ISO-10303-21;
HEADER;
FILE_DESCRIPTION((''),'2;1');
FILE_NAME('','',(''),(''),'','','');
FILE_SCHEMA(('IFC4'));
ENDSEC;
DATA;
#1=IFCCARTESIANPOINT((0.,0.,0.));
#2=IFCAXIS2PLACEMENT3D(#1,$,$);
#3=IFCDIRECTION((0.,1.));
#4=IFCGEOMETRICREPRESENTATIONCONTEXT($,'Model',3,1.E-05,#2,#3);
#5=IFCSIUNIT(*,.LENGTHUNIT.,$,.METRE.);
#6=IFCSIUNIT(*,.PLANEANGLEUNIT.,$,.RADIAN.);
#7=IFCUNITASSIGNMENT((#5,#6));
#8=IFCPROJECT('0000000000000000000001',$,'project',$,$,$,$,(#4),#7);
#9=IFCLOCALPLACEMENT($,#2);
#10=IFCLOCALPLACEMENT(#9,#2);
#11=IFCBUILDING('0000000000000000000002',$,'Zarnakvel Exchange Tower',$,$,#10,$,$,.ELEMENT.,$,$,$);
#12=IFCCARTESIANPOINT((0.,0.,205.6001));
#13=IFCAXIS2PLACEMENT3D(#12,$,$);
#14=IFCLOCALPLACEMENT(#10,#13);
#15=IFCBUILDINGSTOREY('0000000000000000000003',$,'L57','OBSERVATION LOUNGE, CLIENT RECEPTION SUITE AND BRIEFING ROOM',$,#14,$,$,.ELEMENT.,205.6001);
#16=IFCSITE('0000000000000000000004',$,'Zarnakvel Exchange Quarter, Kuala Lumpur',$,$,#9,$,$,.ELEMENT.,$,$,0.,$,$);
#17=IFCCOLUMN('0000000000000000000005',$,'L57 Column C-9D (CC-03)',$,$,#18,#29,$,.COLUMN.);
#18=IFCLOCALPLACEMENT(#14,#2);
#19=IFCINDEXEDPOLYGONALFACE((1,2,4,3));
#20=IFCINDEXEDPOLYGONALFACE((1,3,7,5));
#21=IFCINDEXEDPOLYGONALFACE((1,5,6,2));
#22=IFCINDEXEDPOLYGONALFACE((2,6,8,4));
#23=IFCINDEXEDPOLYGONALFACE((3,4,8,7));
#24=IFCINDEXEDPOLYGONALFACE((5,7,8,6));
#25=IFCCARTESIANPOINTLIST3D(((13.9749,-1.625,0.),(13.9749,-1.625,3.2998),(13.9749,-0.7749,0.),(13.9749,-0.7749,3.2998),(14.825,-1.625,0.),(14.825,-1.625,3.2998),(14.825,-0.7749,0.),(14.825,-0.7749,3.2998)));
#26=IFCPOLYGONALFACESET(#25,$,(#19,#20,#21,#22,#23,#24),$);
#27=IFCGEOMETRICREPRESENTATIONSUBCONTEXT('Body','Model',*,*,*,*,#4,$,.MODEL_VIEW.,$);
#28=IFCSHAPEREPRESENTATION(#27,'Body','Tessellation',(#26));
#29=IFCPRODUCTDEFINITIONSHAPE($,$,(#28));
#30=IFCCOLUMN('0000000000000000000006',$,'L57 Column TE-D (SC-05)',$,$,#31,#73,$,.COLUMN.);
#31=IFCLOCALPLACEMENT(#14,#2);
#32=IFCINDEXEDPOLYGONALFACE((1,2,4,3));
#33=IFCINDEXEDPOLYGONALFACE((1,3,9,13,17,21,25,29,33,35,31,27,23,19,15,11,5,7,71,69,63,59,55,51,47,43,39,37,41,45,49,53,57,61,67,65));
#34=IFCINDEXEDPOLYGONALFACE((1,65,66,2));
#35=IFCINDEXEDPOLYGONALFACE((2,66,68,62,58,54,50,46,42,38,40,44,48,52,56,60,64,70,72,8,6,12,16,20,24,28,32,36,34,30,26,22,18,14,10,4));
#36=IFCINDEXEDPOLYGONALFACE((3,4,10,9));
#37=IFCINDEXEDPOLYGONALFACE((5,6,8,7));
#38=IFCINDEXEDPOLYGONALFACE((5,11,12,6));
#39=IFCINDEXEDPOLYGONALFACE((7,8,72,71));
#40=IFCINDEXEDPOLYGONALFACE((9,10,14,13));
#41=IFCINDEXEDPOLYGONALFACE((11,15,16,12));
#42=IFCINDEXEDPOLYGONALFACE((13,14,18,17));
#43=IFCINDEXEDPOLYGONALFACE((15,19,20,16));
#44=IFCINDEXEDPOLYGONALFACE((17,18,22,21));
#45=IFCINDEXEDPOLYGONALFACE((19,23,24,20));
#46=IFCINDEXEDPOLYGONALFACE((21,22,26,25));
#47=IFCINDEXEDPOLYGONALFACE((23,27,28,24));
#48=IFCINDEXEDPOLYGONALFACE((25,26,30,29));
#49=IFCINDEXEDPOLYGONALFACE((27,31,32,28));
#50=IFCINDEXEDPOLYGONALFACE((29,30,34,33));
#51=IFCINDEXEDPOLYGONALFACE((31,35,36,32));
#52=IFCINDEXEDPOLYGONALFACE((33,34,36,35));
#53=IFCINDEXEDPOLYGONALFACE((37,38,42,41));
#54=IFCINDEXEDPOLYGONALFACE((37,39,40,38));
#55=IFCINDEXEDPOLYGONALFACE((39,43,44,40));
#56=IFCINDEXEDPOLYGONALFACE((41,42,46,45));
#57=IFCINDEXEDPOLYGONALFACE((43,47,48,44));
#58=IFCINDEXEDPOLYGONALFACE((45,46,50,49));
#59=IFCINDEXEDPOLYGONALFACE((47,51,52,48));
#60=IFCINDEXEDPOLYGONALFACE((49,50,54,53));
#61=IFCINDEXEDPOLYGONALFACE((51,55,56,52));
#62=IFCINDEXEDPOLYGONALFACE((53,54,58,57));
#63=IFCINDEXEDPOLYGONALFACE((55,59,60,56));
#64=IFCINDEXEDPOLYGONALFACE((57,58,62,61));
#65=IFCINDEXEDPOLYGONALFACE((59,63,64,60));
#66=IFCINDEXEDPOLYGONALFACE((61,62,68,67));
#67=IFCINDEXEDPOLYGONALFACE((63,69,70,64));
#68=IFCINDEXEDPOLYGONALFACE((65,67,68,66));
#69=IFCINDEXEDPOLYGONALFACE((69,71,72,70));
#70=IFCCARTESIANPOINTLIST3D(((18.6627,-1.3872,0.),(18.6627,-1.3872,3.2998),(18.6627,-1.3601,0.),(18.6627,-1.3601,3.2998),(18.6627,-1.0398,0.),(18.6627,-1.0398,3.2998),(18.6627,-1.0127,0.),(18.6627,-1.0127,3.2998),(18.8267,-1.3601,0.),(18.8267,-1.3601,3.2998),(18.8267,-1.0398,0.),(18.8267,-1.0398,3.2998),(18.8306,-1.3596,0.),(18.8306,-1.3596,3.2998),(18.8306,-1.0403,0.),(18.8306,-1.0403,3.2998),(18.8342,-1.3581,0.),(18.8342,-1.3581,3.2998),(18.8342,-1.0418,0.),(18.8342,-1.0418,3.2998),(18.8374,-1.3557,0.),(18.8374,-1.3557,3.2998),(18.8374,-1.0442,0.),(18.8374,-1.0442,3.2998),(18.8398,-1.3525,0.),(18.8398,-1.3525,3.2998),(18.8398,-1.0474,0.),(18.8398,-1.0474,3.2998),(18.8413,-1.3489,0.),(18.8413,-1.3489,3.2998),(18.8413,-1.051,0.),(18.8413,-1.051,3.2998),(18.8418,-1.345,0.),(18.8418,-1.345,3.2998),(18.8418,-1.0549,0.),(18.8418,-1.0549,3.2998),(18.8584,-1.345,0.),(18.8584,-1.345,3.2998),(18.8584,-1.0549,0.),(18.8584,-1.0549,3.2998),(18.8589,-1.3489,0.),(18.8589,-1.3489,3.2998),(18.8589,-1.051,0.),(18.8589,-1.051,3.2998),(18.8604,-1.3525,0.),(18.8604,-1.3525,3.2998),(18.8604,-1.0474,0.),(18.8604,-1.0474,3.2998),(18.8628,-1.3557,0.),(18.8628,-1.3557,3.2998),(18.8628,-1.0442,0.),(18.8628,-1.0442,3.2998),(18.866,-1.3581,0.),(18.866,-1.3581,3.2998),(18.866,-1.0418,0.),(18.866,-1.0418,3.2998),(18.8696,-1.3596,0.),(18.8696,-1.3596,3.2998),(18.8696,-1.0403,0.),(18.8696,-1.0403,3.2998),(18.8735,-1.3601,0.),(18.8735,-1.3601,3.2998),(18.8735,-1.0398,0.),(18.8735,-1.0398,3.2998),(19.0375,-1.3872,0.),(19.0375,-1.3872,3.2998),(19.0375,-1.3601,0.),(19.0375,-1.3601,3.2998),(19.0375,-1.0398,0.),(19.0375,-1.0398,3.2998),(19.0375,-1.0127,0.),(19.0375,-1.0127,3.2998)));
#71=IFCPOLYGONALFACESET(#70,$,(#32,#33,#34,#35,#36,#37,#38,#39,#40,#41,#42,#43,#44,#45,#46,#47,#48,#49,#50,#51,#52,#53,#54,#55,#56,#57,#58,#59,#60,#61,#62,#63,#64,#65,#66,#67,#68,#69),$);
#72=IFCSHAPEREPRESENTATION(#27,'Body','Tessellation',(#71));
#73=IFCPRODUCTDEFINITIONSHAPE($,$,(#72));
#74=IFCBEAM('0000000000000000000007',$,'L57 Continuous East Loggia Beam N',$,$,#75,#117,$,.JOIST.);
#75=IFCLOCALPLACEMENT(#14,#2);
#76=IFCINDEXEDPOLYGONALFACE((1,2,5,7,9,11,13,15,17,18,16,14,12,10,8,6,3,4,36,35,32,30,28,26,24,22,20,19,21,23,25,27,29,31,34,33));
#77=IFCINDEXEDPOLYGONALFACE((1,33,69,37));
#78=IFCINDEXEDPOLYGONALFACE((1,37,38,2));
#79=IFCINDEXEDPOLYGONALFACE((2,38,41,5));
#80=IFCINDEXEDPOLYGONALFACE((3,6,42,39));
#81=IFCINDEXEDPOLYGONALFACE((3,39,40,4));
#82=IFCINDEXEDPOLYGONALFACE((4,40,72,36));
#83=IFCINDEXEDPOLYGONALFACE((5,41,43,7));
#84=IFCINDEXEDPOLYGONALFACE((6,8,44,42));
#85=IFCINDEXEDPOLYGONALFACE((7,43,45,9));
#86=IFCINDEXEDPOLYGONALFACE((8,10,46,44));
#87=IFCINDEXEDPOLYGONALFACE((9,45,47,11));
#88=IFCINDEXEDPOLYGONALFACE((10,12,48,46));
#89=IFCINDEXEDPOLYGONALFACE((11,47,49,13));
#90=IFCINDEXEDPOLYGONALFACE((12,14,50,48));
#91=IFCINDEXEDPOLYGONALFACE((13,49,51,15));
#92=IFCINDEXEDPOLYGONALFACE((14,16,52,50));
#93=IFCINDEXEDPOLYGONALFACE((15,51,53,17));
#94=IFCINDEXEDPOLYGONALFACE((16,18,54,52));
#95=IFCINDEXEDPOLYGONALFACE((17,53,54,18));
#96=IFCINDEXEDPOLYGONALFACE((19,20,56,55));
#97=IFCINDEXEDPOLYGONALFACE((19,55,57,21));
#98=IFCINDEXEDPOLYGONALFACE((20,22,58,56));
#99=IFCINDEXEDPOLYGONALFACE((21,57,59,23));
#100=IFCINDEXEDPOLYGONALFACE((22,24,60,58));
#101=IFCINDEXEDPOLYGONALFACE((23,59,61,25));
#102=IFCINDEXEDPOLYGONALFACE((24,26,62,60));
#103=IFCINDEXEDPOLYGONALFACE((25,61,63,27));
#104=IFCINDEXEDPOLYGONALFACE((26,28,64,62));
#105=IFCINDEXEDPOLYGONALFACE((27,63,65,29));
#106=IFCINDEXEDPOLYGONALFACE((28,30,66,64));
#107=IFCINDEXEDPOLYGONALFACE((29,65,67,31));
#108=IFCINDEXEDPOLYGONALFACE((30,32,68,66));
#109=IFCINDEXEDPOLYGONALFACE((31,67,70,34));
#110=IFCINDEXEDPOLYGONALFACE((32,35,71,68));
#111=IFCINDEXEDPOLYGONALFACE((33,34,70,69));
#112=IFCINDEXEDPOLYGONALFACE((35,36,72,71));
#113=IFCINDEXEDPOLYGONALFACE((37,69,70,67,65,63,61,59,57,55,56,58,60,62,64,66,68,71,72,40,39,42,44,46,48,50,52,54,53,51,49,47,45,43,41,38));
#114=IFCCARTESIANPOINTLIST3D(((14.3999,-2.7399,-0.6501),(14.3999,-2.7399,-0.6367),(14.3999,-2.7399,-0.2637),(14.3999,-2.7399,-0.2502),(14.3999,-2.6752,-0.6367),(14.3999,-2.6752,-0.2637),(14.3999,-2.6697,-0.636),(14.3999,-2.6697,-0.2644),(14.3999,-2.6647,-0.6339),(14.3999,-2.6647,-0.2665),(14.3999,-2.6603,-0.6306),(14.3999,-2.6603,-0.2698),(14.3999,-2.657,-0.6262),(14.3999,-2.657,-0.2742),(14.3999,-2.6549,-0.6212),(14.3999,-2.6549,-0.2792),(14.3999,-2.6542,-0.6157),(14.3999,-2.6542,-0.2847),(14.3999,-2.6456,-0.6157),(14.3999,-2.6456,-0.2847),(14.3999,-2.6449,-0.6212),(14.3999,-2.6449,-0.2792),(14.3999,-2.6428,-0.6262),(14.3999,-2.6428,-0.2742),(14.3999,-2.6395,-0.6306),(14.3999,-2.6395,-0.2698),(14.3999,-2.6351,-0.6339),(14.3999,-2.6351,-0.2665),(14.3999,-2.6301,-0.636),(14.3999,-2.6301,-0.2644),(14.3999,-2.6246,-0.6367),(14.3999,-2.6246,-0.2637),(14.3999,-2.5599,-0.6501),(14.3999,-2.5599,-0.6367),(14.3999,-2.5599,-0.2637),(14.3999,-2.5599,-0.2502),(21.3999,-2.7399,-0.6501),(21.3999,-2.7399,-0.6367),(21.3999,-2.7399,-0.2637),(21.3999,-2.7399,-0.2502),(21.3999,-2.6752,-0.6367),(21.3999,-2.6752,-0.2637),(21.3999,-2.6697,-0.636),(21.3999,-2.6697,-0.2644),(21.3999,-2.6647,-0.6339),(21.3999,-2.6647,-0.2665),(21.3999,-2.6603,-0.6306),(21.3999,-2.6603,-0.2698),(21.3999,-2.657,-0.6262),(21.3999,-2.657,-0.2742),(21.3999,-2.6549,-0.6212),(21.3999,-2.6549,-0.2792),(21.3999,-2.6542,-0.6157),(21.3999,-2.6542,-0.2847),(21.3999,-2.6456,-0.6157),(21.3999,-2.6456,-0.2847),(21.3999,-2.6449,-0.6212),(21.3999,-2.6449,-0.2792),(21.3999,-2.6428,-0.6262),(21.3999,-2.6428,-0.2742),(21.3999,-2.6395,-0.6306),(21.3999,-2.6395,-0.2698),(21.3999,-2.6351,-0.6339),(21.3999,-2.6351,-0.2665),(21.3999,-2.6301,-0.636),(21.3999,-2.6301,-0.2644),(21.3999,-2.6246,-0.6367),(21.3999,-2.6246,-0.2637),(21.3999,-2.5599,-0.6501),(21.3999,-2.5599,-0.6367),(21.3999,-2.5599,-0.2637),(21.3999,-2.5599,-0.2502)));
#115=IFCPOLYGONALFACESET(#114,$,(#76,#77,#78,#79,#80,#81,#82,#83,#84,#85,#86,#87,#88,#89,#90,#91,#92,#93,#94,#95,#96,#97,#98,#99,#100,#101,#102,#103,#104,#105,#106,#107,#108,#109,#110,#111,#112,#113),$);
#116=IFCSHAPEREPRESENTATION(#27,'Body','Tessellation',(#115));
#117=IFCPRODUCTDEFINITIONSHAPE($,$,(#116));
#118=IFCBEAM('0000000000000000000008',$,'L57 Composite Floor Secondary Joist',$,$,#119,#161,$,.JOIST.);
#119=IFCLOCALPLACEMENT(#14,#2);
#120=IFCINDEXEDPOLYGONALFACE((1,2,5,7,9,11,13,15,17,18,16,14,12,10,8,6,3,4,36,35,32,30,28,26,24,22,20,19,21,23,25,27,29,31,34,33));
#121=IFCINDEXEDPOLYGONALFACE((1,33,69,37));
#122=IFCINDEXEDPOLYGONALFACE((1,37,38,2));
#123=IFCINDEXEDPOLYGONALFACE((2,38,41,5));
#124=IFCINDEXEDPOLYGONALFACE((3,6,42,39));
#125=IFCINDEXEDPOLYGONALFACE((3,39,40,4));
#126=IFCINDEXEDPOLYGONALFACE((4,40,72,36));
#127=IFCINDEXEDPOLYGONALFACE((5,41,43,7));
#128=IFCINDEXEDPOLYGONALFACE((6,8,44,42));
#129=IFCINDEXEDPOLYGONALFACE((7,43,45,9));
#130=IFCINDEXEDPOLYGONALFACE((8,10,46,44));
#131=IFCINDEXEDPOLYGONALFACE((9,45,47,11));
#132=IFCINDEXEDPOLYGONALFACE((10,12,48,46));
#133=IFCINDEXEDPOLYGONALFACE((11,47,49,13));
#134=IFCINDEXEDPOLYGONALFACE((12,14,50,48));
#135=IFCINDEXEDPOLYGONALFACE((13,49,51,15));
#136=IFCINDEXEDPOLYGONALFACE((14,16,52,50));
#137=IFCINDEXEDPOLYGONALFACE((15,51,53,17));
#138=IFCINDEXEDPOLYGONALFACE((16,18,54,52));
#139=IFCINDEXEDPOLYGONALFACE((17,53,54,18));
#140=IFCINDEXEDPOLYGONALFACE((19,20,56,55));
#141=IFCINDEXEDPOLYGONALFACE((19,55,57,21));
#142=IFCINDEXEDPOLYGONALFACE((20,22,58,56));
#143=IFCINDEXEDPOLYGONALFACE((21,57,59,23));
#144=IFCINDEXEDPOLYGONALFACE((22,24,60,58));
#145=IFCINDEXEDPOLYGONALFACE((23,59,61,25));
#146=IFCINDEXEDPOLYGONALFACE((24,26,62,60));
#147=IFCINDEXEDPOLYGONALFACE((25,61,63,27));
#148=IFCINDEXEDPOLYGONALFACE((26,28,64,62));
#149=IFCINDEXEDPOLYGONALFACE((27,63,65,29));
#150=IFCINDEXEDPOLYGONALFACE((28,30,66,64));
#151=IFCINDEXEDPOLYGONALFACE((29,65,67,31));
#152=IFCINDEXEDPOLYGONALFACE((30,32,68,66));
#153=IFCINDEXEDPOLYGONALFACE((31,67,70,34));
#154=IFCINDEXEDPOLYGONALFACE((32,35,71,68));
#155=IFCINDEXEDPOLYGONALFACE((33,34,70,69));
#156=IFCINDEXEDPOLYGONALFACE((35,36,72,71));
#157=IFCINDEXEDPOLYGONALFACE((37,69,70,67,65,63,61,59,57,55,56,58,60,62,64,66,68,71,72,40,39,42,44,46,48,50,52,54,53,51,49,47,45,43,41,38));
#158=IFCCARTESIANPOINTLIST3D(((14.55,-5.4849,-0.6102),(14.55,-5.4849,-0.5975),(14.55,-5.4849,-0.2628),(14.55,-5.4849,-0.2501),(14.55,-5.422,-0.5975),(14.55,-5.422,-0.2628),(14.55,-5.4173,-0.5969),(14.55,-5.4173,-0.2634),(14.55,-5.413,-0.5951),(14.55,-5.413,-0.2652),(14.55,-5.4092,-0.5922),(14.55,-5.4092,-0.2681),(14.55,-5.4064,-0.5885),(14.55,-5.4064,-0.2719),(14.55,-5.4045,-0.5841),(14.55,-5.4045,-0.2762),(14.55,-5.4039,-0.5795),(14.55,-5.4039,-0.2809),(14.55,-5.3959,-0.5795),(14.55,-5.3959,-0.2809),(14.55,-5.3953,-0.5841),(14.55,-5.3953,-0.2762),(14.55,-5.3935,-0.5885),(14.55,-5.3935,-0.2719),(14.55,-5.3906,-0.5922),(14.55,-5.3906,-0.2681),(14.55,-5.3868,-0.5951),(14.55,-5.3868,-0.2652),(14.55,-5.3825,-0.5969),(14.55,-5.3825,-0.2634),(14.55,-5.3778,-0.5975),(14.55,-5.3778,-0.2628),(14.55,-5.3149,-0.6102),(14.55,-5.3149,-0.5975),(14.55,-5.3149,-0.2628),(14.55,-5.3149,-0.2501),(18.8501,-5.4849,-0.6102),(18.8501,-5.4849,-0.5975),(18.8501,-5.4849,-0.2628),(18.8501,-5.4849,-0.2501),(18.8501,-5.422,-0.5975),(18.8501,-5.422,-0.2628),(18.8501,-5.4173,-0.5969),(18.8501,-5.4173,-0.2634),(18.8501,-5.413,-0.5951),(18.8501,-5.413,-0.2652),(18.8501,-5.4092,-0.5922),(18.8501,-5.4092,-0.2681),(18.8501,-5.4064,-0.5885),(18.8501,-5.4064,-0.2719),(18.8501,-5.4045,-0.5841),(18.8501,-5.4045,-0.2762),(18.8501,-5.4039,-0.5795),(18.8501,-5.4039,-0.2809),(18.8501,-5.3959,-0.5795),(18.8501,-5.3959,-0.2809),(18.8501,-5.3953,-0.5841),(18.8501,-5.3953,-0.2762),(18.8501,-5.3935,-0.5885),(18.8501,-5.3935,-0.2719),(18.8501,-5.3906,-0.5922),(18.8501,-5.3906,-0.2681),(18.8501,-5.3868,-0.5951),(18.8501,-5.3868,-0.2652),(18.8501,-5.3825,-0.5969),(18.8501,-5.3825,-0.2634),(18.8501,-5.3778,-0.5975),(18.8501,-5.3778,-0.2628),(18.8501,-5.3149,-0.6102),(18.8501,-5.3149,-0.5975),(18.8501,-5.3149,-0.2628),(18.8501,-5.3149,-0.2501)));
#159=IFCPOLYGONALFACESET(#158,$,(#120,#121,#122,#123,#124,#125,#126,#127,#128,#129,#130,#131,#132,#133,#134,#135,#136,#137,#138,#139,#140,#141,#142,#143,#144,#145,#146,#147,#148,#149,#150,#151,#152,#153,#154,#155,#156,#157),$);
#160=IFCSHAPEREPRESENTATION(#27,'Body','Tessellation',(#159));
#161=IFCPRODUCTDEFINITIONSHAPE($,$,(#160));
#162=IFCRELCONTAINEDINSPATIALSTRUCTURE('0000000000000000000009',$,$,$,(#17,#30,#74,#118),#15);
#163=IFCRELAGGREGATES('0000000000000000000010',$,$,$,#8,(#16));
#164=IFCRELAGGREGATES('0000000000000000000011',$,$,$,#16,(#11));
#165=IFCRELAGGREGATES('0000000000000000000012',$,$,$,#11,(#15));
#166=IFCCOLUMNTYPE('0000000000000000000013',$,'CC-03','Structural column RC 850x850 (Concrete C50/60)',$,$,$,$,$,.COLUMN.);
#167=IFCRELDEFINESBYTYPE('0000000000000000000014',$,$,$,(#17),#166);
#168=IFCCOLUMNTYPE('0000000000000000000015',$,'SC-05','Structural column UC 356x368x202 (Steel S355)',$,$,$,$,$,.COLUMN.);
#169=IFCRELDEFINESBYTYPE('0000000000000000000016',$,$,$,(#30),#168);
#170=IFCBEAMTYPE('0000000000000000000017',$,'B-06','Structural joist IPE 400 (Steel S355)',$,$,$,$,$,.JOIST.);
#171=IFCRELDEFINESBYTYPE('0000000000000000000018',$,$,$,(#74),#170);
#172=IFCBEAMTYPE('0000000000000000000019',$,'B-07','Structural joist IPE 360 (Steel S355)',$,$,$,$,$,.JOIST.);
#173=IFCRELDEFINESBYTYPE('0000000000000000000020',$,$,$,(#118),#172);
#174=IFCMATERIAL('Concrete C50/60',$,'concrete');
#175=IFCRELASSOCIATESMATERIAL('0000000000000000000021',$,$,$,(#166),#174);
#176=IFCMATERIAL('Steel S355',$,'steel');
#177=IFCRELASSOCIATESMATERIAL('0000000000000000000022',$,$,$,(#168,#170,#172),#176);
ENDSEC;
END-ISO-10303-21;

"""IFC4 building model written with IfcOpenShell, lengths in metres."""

from ifc_helpers import new_model, si_unit, direction, frame, origin, origin_2d, place, context, subcontext, project, spatial, rectangle, i_section, extrude, material, material_profile, profile_set, type_object, element, save


model = new_model("IFC4")

# Units and contexts
model_context = context("Model", 3, precision=1e-05, world=origin(), true_north=direction((0.0, 1.0)))
body_context = subcontext(model_context, "Body", "Model", "MODEL_VIEW")
ifc_project = project(units=[si_unit("LENGTHUNIT", "METRE"), si_unit("PLANEANGLEUNIT", "RADIAN")], contexts=[model_context])

# Site, building, storey
site_placement = place(None, origin())
site = spatial("IfcSite", under=ifc_project, at=site_placement, Name="Zarnakvel Exchange Quarter, Kuala Lumpur", CompositionType="ELEMENT", RefElevation=0.0)
building_placement = place(site_placement, origin())
building = spatial("IfcBuilding", under=site, at=building_placement, Name="Zarnakvel Exchange Tower", CompositionType="ELEMENT")
storey_placement = place(building_placement, frame((0.0, 0.0, 205.6001)))
storey = spatial("IfcBuildingStorey", under=building, at=storey_placement, Name="L57", Description="OBSERVATION LOUNGE, CLIENT RECEPTION SUITE AND BRIEFING ROOM", CompositionType="ELEMENT", Elevation=205.6001)

# Columns
ifc_material_1 = material(Name="Concrete C50/60", Category="concrete")
ifc_material_profile_1 = material_profile(ifc_material_1, rectangle(XDim=0.8501, YDim=0.8501, at=origin_2d()))
ifc_profile_set_1 = profile_set([ifc_material_profile_1], Name="Concrete C50/60")
column_type_1 = type_object("IfcColumnType", Name="CC-03", Description="Structural column RC 850x850 (Concrete C50/60)", PredefinedType="COLUMN", material=ifc_profile_set_1)
column_1_placement = place(storey_placement, frame((14.3999, -1.2, 0.0), z_axis=(0.0, 0.0, 1.0), x_axis=(1.0, 0.0, 0.0)))
element("IfcColumn", 1, at=column_1_placement, inside=storey, type_object=column_type_1, Name="L57 Column C-9D (CC-03)", PredefinedType="COLUMN", context=body_context, shape_type="SweptSolid", body=[
    extrude(rectangle(XDim=0.8501, YDim=0.8501, at=origin_2d()), origin(), (0.0, 0.0, 1.0), 3.2998),
])
ifc_material_2 = material(Name="Steel S355", Category="steel")
ifc_material_profile_2 = material_profile(ifc_material_2, i_section(OverallWidth=0.3748, OverallDepth=0.3745, WebThickness=0.0166, FlangeThickness=0.0271, FilletRadius=0.0151, at=origin_2d()))
ifc_profile_set_2 = profile_set([ifc_material_profile_2], Name="Steel S355")
column_type_2 = type_object("IfcColumnType", Name="SC-05", Description="Structural column UC 356x368x202 (Steel S355)", PredefinedType="COLUMN", material=ifc_profile_set_2)
column_2_placement = place(storey_placement, frame((18.8501, -1.2, 0.0), z_axis=(0.0, 0.0, 1.0), x_axis=(1.0, 0.0, 0.0)))
element("IfcColumn", 2, at=column_2_placement, inside=storey, type_object=column_type_2, Name="L57 Column TE-D (SC-05)", PredefinedType="COLUMN", context=body_context, shape_type="SweptSolid", body=[
    extrude(i_section(OverallWidth=0.3748, OverallDepth=0.3745, WebThickness=0.0166, FlangeThickness=0.0271, FilletRadius=0.0151, at=origin_2d()), origin(), (0.0, 0.0, 1.0), 3.2998),
])

# Beams
ifc_material_profile_3 = material_profile(ifc_material_2, i_section(OverallWidth=0.1799, OverallDepth=0.3999, WebThickness=0.0085, FlangeThickness=0.0134, FilletRadius=0.021, at=origin_2d()))
ifc_profile_set_3 = profile_set([ifc_material_profile_3], Name="Steel S355")
beam_type_1 = type_object("IfcBeamType", Name="B-06", Description="Structural joist IPE 400 (Steel S355)", PredefinedType="JOIST", material=ifc_profile_set_3)
beam_1_placement = place(storey_placement, frame((14.3999, -2.6499, -0.4502), z_axis=(1.0, 0.0, 0.0), x_axis=(0.0, 1.0, 0.0)))
element("IfcBeam", 3, at=beam_1_placement, inside=storey, type_object=beam_type_1, Name="L57 Continuous East Loggia Beam N", PredefinedType="JOIST", context=body_context, shape_type="SweptSolid", body=[
    extrude(i_section(OverallWidth=0.1799, OverallDepth=0.3999, WebThickness=0.0085, FlangeThickness=0.0134, FilletRadius=0.021, at=origin_2d()), origin(), (0.0, 0.0, 1.0), 7.0),
])
ifc_material_profile_4 = material_profile(ifc_material_2, i_section(OverallWidth=0.1699, OverallDepth=0.3601, WebThickness=0.0081, FlangeThickness=0.0127, FilletRadius=0.0181, at=origin_2d()))
ifc_profile_set_4 = profile_set([ifc_material_profile_4], Name="Steel S355")
beam_type_2 = type_object("IfcBeamType", Name="B-07", Description="Structural joist IPE 360 (Steel S355)", PredefinedType="JOIST", material=ifc_profile_set_4)
beam_2_placement = place(storey_placement, frame((14.55, -5.3999, -0.4302), z_axis=(1.0, 0.0, 0.0), x_axis=(0.0, 1.0, 0.0)))
element("IfcBeam", 4, at=beam_2_placement, inside=storey, type_object=beam_type_2, Name="L57 Composite Floor Secondary Joist", PredefinedType="JOIST", context=body_context, shape_type="SweptSolid", body=[
    extrude(i_section(OverallWidth=0.1699, OverallDepth=0.3601, WebThickness=0.0081, FlangeThickness=0.0127, FilletRadius=0.0181, at=origin_2d()), origin(), (0.0, 0.0, 1.0), 4.3),
])

save(model, "model.ifc")
